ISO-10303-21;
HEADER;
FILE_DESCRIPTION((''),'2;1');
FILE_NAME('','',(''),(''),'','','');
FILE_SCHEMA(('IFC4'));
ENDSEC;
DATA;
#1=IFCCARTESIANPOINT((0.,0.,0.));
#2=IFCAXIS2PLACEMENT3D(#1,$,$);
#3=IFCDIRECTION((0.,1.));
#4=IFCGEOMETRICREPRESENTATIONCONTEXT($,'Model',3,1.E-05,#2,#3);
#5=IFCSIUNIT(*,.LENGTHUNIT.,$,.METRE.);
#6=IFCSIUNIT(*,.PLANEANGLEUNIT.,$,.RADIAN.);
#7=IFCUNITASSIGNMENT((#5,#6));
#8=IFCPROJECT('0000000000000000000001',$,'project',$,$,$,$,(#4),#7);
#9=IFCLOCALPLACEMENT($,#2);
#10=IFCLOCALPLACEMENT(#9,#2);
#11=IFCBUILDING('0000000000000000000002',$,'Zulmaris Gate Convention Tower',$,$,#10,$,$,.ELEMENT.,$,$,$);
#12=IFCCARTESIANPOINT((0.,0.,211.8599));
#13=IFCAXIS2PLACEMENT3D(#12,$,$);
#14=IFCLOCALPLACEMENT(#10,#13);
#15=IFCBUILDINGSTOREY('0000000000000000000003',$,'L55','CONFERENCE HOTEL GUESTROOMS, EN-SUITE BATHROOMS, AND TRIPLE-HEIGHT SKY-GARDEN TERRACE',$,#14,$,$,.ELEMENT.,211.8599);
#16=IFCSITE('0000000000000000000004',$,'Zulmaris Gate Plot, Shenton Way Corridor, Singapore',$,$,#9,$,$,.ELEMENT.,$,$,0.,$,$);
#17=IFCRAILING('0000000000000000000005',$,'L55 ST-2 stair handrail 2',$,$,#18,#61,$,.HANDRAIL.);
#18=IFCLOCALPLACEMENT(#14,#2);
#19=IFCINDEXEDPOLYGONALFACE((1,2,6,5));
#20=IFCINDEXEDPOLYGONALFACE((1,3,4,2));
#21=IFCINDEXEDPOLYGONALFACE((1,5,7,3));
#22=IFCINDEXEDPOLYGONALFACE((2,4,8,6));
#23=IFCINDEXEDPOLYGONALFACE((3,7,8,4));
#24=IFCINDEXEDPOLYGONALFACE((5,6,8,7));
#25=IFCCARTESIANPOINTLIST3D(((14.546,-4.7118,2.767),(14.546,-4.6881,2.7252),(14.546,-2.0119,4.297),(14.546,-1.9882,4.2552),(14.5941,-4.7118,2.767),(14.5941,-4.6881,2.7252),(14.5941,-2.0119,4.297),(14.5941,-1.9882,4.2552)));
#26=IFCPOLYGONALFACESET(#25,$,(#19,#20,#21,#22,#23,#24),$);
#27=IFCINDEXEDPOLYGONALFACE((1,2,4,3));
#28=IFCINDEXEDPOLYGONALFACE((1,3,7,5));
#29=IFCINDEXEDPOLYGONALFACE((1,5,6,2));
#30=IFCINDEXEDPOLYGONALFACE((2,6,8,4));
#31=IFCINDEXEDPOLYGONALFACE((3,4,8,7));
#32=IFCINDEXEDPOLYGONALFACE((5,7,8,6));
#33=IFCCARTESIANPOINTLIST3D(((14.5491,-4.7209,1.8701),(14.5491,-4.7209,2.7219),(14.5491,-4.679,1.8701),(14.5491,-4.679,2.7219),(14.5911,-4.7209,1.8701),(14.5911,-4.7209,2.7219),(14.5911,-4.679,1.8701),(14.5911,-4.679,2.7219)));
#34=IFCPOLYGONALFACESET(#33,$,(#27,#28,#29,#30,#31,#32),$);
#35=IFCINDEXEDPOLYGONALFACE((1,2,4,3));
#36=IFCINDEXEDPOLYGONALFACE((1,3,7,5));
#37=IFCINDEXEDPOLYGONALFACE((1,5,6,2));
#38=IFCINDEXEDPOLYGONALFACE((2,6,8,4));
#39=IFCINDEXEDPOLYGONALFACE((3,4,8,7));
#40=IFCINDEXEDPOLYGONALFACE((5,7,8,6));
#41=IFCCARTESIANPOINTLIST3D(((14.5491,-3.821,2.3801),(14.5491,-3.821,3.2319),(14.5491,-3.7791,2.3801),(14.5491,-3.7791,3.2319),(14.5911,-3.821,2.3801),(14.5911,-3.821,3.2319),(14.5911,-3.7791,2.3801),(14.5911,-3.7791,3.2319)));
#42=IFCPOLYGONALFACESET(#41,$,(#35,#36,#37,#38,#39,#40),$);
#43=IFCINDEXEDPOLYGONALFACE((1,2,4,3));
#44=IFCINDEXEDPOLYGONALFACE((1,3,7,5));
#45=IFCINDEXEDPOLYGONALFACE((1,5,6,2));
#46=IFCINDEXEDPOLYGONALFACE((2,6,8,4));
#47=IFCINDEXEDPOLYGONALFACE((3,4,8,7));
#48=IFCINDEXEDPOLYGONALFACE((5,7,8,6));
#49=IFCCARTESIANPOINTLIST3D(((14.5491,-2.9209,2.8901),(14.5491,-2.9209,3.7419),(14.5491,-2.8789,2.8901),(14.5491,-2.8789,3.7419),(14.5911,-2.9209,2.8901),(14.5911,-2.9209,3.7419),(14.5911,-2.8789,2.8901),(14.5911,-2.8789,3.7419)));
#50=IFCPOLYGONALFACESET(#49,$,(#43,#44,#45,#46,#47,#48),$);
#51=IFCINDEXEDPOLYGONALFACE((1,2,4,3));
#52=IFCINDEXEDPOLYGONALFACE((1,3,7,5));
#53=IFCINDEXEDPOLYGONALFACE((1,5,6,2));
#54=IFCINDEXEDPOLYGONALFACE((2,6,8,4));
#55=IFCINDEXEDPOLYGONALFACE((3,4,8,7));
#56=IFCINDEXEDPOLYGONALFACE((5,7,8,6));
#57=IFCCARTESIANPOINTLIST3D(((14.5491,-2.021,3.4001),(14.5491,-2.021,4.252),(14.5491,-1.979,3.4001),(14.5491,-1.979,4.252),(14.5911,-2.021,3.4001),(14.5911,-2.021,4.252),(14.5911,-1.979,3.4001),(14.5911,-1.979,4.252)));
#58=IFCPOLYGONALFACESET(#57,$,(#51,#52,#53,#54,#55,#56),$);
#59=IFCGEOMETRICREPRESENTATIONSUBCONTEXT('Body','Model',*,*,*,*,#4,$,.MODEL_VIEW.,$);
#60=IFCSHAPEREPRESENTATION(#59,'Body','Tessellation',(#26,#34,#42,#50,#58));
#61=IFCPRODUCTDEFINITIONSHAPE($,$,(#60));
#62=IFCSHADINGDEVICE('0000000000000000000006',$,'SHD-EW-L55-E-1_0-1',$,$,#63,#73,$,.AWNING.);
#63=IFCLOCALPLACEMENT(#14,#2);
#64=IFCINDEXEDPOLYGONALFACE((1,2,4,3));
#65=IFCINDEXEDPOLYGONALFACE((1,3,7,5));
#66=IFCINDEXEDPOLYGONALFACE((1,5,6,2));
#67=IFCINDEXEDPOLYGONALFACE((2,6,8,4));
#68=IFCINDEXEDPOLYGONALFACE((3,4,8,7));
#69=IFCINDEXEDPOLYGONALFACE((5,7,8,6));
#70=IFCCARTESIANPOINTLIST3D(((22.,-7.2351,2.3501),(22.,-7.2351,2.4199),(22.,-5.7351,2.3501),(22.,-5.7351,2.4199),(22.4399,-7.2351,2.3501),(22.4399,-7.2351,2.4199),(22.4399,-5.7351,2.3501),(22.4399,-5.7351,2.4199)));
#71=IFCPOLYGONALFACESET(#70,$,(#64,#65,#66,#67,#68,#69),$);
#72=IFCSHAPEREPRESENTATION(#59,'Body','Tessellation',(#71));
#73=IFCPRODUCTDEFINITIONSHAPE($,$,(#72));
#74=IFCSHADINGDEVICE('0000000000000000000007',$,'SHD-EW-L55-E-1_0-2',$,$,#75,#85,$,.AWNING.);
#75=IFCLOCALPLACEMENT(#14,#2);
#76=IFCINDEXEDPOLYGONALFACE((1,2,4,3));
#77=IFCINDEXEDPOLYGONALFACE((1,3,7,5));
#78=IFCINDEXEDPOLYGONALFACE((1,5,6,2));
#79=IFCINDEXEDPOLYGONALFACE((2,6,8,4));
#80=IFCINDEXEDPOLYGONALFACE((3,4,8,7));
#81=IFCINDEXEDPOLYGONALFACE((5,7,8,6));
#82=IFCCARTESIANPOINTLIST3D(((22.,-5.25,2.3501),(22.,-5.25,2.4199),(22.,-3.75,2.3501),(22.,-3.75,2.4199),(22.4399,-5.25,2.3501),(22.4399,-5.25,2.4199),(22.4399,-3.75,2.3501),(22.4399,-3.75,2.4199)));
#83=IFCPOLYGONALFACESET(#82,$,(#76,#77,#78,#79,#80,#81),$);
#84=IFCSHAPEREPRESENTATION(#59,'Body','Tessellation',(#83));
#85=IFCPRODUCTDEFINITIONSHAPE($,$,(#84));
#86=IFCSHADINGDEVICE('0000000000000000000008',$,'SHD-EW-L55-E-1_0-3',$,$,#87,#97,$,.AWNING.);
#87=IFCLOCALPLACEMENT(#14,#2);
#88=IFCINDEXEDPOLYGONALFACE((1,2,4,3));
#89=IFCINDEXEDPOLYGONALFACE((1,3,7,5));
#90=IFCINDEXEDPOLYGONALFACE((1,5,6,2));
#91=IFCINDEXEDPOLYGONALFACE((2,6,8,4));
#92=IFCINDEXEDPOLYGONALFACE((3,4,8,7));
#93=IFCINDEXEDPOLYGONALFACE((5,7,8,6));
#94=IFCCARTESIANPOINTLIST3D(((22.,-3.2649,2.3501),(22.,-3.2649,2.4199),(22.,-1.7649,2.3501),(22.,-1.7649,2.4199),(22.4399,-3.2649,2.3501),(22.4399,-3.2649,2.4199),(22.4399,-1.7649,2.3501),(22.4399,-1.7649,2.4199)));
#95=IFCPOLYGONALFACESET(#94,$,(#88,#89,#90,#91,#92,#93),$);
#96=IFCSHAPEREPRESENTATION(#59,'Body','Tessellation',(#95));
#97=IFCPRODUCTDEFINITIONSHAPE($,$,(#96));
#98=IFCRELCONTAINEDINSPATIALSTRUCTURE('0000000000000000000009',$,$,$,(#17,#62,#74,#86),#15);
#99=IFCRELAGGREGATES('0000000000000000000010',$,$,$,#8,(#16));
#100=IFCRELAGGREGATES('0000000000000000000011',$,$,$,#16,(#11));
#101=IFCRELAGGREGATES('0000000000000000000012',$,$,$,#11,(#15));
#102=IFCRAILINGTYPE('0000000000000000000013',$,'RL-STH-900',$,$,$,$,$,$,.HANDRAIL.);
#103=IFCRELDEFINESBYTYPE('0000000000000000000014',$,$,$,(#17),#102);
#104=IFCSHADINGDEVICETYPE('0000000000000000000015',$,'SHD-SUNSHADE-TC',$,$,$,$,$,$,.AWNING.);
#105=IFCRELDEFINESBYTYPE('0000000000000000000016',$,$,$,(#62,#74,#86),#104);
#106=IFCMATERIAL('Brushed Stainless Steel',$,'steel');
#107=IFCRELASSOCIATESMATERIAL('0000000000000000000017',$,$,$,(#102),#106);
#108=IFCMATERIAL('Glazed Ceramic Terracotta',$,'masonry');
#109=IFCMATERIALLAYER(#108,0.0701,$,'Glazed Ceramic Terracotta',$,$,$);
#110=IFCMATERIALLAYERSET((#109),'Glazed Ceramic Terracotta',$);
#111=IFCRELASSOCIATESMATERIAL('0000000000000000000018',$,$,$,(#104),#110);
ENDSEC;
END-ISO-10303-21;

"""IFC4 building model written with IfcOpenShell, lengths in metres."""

from ifc_helpers import new_model, si_unit, direction, frame, frame_2d, origin, origin_2d, place, context, subcontext, project, spatial, rectangle, extrude, material, layer, layer_set, type_object, element, save


model = new_model("IFC4")

# Units and contexts
model_context = context("Model", 3, precision=1e-05, world=origin(), true_north=direction((0.0, 1.0)))
body_context = subcontext(model_context, "Body", "Model", "MODEL_VIEW")
ifc_project = project(units=[si_unit("LENGTHUNIT", "METRE"), si_unit("PLANEANGLEUNIT", "RADIAN")], contexts=[model_context])

# Site, building, storey
site_placement = place(None, origin())
site = spatial("IfcSite", under=ifc_project, at=site_placement, Name="Zulmaris Gate Plot, Shenton Way Corridor, Singapore", CompositionType="ELEMENT", RefElevation=0.0)
building_placement = place(site_placement, origin())
building = spatial("IfcBuilding", under=site, at=building_placement, Name="Zulmaris Gate Convention Tower", CompositionType="ELEMENT")
storey_placement = place(building_placement, frame((0.0, 0.0, 211.8599)))
storey = spatial("IfcBuildingStorey", under=building, at=storey_placement, Name="L55", Description="CONFERENCE HOTEL GUESTROOMS, EN-SUITE BATHROOMS, AND TRIPLE-HEIGHT SKY-GARDEN TERRACE", CompositionType="ELEMENT", Elevation=211.8599)

# Railing
ifc_material_1 = material(Name="Brushed Stainless Steel", Category="steel")
railing_type_1 = type_object("IfcRailingType", Name="RL-STH-900", PredefinedType="HANDRAIL", material=ifc_material_1)
railing_1_placement = place(storey_placement, frame((14.5701, -4.7, 1.8701)))
element("IfcRailing", 1, at=railing_1_placement, inside=storey, type_object=railing_type_1, Name="L55 ST-2 stair handrail 2", PredefinedType="HANDRAIL", context=body_context, shape_type="SweptSolid", body=[
    extrude(rectangle(XDim=0.0481, YDim=0.0481, at=origin_2d()), frame((0.0, 0.0, 0.876), z_axis=(0.0, 0.870014, 0.493026), x_axis=(-1.0, 0.0, 0.0)), (0.0, 0.0, 1.0), 3.1033),
    extrude(rectangle(XDim=0.042, YDim=0.042, at=origin_2d()), origin(), (0.0, 0.0, 1.0), 0.8518),
    extrude(rectangle(XDim=0.042, YDim=0.042, at=origin_2d()), frame((0.0, 0.8999, 0.51)), (0.0, 0.0, 1.0), 0.8518),
    extrude(rectangle(XDim=0.042, YDim=0.042, at=origin_2d()), frame((0.0, 1.8, 1.02)), (0.0, 0.0, 1.0), 0.8518),
    extrude(rectangle(XDim=0.042, YDim=0.042, at=origin_2d()), frame((0.0, 2.7, 1.53)), (0.0, 0.0, 1.0), 0.8518),
])

# Shading devices
ifc_material_2 = material(Name="Glazed Ceramic Terracotta", Category="masonry")
ifc_layer_1 = layer(ifc_material_2, 0.0701, Name="Glazed Ceramic Terracotta")
ifc_layer_set_1 = layer_set([ifc_layer_1], Name="Glazed Ceramic Terracotta")
shading_device_type = type_object("IfcShadingDeviceType", Name="SHD-SUNSHADE-TC", PredefinedType="AWNING", material=ifc_layer_set_1)
for number, where, z_axis, x_axis, name in (
    (2, (22.22, -7.2351, 2.3501), (0.0, 0.0, 1.0), (0.0, 1.0, 0.0), "SHD-EW-L55-E-1_0-1"),
    (3, (22.22, -5.25, 2.3501), (0.0, 0.0, 1.0), (0.0, 1.0, 0.0), "SHD-EW-L55-E-1_0-2"),
    (4, (22.22, -3.2649, 2.3501), (0.0, 0.0, 1.0), (0.0, 1.0, 0.0), "SHD-EW-L55-E-1_0-3"),
):
    element("IfcShadingDevice", number, at=place(storey_placement, frame(where, z_axis=z_axis, x_axis=x_axis)), inside=storey, type_object=shading_device_type, Name=name, PredefinedType="AWNING", context=body_context, shape_type="SweptSolid", body=[
        extrude(rectangle(XDim=1.5, YDim=0.4399, at=frame_2d((0.75, 0.0))), origin(), (0.0, 0.0, 1.0), 0.0698),
    ])

save(model, "model.ifc")
